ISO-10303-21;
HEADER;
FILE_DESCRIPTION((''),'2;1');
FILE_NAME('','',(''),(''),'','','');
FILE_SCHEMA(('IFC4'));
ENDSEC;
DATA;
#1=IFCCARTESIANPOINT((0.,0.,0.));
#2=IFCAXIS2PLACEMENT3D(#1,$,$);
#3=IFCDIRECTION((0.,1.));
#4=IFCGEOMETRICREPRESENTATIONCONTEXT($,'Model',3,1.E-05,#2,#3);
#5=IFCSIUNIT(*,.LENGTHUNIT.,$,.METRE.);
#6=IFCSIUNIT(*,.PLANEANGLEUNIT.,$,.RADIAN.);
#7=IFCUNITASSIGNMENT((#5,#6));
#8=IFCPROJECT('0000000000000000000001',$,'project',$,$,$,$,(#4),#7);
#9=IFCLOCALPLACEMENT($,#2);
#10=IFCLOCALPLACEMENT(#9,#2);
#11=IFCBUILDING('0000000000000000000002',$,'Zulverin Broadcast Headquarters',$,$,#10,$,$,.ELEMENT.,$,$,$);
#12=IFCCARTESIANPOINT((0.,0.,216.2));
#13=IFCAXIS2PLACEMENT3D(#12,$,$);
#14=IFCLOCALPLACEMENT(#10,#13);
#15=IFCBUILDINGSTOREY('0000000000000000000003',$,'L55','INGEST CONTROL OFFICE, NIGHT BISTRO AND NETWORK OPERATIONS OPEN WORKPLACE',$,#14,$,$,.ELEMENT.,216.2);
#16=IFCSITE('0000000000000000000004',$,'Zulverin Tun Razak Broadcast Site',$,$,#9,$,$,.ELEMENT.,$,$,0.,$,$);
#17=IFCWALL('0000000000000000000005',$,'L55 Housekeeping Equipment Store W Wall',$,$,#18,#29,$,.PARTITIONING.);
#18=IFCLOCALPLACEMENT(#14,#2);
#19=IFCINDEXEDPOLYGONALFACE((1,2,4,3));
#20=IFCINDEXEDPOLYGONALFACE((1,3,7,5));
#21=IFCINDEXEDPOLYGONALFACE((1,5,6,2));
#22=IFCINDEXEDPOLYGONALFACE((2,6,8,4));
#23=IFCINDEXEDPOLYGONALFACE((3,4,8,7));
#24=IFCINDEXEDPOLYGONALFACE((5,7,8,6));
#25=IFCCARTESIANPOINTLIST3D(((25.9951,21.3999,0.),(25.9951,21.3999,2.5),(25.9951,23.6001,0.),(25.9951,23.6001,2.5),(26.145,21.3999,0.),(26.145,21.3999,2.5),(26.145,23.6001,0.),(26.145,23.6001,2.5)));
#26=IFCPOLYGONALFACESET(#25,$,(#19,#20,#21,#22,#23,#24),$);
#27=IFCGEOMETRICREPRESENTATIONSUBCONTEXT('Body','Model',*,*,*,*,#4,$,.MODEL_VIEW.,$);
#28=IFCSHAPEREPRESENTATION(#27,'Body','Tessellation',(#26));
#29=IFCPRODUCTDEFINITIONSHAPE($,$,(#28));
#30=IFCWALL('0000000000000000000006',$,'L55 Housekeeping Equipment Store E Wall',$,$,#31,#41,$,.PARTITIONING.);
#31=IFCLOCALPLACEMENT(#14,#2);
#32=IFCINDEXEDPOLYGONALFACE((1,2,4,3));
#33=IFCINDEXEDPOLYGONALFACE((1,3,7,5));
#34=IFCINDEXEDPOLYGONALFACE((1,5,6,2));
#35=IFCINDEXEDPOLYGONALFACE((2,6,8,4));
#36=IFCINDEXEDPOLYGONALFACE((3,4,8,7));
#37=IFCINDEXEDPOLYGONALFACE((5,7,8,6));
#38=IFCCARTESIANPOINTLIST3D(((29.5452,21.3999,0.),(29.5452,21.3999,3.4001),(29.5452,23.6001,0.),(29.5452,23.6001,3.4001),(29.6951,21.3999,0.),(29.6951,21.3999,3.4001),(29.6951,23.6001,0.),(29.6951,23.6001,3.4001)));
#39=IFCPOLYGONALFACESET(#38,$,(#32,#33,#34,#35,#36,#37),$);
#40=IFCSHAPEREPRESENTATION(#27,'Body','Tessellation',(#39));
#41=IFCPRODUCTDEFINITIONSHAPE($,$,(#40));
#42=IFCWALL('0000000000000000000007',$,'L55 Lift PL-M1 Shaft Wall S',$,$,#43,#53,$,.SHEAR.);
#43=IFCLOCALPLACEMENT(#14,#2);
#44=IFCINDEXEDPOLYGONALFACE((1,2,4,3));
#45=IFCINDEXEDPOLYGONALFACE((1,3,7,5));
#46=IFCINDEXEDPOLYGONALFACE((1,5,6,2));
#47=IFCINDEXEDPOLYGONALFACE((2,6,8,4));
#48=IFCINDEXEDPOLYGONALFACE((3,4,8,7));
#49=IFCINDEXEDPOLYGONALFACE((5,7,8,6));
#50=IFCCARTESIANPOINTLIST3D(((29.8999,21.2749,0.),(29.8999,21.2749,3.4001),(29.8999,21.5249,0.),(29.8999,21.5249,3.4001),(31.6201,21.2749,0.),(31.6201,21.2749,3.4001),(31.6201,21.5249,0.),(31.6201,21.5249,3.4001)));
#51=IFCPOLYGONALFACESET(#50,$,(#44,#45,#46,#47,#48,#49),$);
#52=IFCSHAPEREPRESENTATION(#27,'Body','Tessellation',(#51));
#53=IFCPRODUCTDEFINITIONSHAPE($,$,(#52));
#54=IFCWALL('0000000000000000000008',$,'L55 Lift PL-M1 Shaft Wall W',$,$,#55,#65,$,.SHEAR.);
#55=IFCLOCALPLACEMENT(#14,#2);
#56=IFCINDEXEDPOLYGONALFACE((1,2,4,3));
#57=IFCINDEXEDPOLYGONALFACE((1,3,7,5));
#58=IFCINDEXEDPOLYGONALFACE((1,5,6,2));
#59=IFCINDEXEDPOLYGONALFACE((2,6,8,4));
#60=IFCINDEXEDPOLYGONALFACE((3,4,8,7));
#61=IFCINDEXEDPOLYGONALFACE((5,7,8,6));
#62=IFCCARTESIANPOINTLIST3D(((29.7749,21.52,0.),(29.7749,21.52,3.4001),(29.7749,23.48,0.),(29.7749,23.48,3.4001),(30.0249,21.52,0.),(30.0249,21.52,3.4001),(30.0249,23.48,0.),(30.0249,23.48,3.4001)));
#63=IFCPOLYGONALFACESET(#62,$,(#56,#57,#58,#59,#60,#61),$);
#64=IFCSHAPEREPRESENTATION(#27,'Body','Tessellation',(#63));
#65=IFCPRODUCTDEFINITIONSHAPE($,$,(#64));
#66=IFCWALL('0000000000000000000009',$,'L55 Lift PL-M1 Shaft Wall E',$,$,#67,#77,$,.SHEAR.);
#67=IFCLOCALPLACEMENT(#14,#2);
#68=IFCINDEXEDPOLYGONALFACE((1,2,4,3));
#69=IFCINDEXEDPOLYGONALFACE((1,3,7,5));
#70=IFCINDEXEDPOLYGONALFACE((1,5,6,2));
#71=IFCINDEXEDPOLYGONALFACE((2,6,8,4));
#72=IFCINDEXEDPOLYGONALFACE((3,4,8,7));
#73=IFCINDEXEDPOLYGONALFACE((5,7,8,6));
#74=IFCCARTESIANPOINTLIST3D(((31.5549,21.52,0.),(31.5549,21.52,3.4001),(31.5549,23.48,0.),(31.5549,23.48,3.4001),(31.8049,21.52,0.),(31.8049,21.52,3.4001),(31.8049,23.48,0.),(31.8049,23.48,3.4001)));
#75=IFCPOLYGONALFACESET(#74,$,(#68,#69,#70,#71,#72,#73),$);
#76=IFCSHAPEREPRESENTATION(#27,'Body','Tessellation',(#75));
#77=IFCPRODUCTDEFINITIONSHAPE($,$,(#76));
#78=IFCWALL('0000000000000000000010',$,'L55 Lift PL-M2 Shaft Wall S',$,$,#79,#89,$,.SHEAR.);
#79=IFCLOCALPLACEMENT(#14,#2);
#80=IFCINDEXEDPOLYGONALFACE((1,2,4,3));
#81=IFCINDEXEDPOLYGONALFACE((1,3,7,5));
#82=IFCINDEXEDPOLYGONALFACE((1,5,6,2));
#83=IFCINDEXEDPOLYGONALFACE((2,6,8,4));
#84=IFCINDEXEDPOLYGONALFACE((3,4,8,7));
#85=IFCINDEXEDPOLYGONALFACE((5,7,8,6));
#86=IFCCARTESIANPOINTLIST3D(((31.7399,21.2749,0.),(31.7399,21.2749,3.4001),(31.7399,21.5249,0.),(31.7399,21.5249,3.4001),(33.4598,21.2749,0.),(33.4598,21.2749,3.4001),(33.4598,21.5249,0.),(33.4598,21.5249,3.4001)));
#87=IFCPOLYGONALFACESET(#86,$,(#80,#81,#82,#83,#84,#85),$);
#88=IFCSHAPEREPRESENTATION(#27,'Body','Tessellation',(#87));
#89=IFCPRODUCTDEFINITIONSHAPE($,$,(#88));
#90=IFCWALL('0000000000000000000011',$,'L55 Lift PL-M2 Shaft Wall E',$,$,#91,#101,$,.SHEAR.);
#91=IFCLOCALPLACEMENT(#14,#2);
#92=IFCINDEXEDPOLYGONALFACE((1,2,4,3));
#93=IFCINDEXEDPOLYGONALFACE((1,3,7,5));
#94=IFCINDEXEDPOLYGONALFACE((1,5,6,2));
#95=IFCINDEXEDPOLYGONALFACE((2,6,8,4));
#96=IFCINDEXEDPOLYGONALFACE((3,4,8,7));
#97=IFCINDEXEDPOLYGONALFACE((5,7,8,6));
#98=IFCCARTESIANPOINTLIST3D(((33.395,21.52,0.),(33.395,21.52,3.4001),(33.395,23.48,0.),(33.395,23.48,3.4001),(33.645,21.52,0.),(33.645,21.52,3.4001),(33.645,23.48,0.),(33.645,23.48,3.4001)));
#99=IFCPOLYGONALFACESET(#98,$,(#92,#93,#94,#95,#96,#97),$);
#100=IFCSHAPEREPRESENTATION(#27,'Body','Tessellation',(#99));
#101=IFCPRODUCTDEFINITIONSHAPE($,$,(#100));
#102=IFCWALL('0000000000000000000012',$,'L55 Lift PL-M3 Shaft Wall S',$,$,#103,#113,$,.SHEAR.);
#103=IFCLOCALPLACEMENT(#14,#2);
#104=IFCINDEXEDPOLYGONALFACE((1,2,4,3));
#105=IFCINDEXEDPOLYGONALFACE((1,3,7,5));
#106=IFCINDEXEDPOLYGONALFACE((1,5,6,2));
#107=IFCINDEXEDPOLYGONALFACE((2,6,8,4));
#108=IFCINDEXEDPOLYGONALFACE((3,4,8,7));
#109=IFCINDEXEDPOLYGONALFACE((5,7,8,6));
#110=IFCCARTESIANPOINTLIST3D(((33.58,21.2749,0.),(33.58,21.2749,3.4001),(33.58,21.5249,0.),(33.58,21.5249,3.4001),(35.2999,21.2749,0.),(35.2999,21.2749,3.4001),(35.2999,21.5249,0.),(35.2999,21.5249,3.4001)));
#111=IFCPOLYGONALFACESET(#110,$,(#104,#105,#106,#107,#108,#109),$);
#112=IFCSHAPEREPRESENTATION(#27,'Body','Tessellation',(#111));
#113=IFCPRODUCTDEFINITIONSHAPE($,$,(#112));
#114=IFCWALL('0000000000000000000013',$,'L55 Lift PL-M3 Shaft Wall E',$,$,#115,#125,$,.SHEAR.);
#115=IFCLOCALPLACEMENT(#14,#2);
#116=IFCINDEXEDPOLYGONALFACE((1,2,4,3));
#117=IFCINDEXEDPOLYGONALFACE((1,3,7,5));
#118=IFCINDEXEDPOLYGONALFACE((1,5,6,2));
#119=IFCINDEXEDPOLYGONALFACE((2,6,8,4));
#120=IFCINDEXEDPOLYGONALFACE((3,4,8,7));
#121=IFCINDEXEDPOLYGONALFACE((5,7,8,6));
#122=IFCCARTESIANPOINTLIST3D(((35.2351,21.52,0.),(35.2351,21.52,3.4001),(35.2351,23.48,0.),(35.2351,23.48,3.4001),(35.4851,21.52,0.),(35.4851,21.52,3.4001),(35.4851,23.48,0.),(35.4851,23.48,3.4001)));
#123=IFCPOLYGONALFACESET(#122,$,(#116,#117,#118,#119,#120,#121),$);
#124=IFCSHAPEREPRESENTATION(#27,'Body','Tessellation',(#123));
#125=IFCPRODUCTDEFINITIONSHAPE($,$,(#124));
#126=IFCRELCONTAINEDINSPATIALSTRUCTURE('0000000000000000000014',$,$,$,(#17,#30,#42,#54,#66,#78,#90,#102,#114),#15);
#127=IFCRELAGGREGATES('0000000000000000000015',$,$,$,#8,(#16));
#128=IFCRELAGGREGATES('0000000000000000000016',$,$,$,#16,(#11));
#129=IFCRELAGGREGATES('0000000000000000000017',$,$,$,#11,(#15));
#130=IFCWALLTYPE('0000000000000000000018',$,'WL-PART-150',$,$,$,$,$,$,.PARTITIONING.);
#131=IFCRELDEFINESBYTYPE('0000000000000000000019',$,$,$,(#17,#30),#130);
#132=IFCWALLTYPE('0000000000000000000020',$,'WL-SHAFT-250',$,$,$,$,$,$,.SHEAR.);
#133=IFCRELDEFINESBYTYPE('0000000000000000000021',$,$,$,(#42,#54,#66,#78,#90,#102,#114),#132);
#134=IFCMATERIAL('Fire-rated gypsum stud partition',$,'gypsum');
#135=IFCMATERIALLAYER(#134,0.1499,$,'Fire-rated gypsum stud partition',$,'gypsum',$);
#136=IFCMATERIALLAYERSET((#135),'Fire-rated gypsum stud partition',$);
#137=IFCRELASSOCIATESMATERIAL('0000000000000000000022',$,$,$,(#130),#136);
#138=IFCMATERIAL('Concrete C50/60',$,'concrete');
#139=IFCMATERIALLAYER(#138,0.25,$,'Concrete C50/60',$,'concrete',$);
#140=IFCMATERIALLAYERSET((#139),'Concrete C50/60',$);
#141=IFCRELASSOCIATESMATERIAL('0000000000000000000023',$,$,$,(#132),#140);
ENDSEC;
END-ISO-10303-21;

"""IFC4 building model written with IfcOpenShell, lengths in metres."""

from ifc_helpers import new_model, si_unit, direction, frame, frame_2d, origin, place, context, subcontext, project, spatial, rectangle, extrude, material, layer, layer_set, type_object, element, save


model = new_model("IFC4")

# Units and contexts
model_context = context("Model", 3, precision=1e-05, world=origin(), true_north=direction((0.0, 1.0)))
body_context = subcontext(model_context, "Body", "Model", "MODEL_VIEW")
ifc_project = project(units=[si_unit("LENGTHUNIT", "METRE"), si_unit("PLANEANGLEUNIT", "RADIAN")], contexts=[model_context])

# Site, building, storey
site_placement = place(None, origin())
site = spatial("IfcSite", under=ifc_project, at=site_placement, Name="Zulverin Tun Razak Broadcast Site", CompositionType="ELEMENT", RefElevation=0.0)
building_placement = place(site_placement, origin())
building = spatial("IfcBuilding", under=site, at=building_placement, Name="Zulverin Broadcast Headquarters", CompositionType="ELEMENT")
storey_placement = place(building_placement, frame((0.0, 0.0, 216.2)))
storey = spatial("IfcBuildingStorey", under=building, at=storey_placement, Name="L55", Description="INGEST CONTROL OFFICE, NIGHT BISTRO AND NETWORK OPERATIONS OPEN WORKPLACE", CompositionType="ELEMENT", Elevation=216.2)

# Shared definitions
ifc_material_1 = material(Name="Fire-rated gypsum stud partition", Category="gypsum")
ifc_layer_1 = layer(ifc_material_1, 0.1499, Name="Fire-rated gypsum stud partition", Category="gypsum")
ifc_layer_set_1 = layer_set([ifc_layer_1], Name="Fire-rated gypsum stud partition")
wall_type_1 = type_object("IfcWallType", Name="WL-PART-150", PredefinedType="PARTITIONING", material=ifc_layer_set_1)

# Walls
wall_1_placement = place(storey_placement, frame((26.0701, 21.3999, 0.0), z_axis=(0.0, 0.0, 1.0), x_axis=(0.0, 1.0, 0.0)))
element("IfcWall", 1, at=wall_1_placement, inside=storey, type_object=wall_type_1, Name="L55 Housekeeping Equipment Store W Wall", PredefinedType="PARTITIONING", context=body_context, shape_type="SweptSolid", body=[
    extrude(rectangle(XDim=2.2002, YDim=0.1499, at=frame_2d((1.1001, 0.0))), origin(), (0.0, 0.0, 1.0), 2.5),
])
wall_2_placement = place(storey_placement, frame((29.6201, 21.3999, 0.0), z_axis=(0.0, 0.0, 1.0), x_axis=(0.0, 1.0, 0.0)))
element("IfcWall", 2, at=wall_2_placement, inside=storey, type_object=wall_type_1, Name="L55 Housekeeping Equipment Store E Wall", PredefinedType="PARTITIONING", context=body_context, shape_type="SweptSolid", body=[
    extrude(rectangle(XDim=2.2002, YDim=0.1499, at=frame_2d((1.1001, 0.0))), origin(), (0.0, 0.0, 1.0), 3.4001),
])
ifc_material_2 = material(Name="Concrete C50/60", Category="concrete")
ifc_layer_2 = layer(ifc_material_2, 0.25, Name="Concrete C50/60", Category="concrete")
ifc_layer_set_2 = layer_set([ifc_layer_2], Name="Concrete C50/60")
wall_type_2 = type_object("IfcWallType", Name="WL-SHAFT-250", PredefinedType="SHEAR", material=ifc_layer_set_2)
wall_3_placement = place(storey_placement, frame((29.8999, 21.3999, 0.0), z_axis=(0.0, 0.0, 1.0), x_axis=(1.0, 0.0, 0.0)))
element("IfcWall", 3, at=wall_3_placement, inside=storey, type_object=wall_type_2, Name="L55 Lift PL-M1 Shaft Wall S", PredefinedType="SHEAR", context=body_context, shape_type="SweptSolid", body=[
    extrude(rectangle(XDim=1.7202, YDim=0.25, at=frame_2d((0.8601, 0.0))), origin(), (0.0, 0.0, 1.0), 3.4001),
])

# Walls
for number, where, z_axis, x_axis, name in (
    (4, (29.8999, 21.52, 0.0), (0.0, 0.0, 1.0), (0.0, 1.0, 0.0), "L55 Lift PL-M1 Shaft Wall W"),
    (5, (31.6799, 21.52, 0.0), (0.0, 0.0, 1.0), (0.0, 1.0, 0.0), "L55 Lift PL-M1 Shaft Wall E"),
):
    element("IfcWall", number, at=place(storey_placement, frame(where, z_axis=z_axis, x_axis=x_axis)), inside=storey, type_object=wall_type_2, Name=name, PredefinedType="SHEAR", context=body_context, shape_type="SweptSolid", body=[
        extrude(rectangle(XDim=1.96, YDim=0.25, at=frame_2d((0.98, 0.0))), origin(), (0.0, 0.0, 1.0), 3.4001),
    ])
wall_4_placement = place(storey_placement, frame((31.74, 21.3999, 0.0), z_axis=(0.0, 0.0, 1.0), x_axis=(1.0, 0.0, 0.0)))
element("IfcWall", 6, at=wall_4_placement, inside=storey, type_object=wall_type_2, Name="L55 Lift PL-M2 Shaft Wall S", PredefinedType="SHEAR", context=body_context, shape_type="SweptSolid", body=[
    extrude(rectangle(XDim=1.72, YDim=0.25, at=frame_2d((0.8599, 0.0))), origin(), (0.0, 0.0, 1.0), 3.4001),
])
wall_5_placement = place(storey_placement, frame((33.52, 21.52, 0.0), z_axis=(0.0, 0.0, 1.0), x_axis=(0.0, 1.0, 0.0)))
element("IfcWall", 7, at=wall_5_placement, inside=storey, type_object=wall_type_2, Name="L55 Lift PL-M2 Shaft Wall E", PredefinedType="SHEAR", context=body_context, shape_type="SweptSolid", body=[
    extrude(rectangle(XDim=1.96, YDim=0.25, at=frame_2d((0.98, 0.0))), origin(), (0.0, 0.0, 1.0), 3.4001),
])
wall_6_placement = place(storey_placement, frame((33.5801, 21.3999, 0.0), z_axis=(0.0, 0.0, 1.0), x_axis=(1.0, 0.0, 0.0)))
element("IfcWall", 8, at=wall_6_placement, inside=storey, type_object=wall_type_2, Name="L55 Lift PL-M3 Shaft Wall S", PredefinedType="SHEAR", context=body_context, shape_type="SweptSolid", body=[
    extrude(rectangle(XDim=1.72, YDim=0.25, at=frame_2d((0.8599, 0.0))), origin(), (0.0, 0.0, 1.0), 3.4001),
])
wall_7_placement = place(storey_placement, frame((35.3601, 21.52, 0.0), z_axis=(0.0, 0.0, 1.0), x_axis=(0.0, 1.0, 0.0)))
element("IfcWall", 9, at=wall_7_placement, inside=storey, type_object=wall_type_2, Name="L55 Lift PL-M3 Shaft Wall E", PredefinedType="SHEAR", context=body_context, shape_type="SweptSolid", body=[
    extrude(rectangle(XDim=1.96, YDim=0.25, at=frame_2d((0.98, 0.0))), origin(), (0.0, 0.0, 1.0), 3.4001),
])

save(model, "model.ifc")
